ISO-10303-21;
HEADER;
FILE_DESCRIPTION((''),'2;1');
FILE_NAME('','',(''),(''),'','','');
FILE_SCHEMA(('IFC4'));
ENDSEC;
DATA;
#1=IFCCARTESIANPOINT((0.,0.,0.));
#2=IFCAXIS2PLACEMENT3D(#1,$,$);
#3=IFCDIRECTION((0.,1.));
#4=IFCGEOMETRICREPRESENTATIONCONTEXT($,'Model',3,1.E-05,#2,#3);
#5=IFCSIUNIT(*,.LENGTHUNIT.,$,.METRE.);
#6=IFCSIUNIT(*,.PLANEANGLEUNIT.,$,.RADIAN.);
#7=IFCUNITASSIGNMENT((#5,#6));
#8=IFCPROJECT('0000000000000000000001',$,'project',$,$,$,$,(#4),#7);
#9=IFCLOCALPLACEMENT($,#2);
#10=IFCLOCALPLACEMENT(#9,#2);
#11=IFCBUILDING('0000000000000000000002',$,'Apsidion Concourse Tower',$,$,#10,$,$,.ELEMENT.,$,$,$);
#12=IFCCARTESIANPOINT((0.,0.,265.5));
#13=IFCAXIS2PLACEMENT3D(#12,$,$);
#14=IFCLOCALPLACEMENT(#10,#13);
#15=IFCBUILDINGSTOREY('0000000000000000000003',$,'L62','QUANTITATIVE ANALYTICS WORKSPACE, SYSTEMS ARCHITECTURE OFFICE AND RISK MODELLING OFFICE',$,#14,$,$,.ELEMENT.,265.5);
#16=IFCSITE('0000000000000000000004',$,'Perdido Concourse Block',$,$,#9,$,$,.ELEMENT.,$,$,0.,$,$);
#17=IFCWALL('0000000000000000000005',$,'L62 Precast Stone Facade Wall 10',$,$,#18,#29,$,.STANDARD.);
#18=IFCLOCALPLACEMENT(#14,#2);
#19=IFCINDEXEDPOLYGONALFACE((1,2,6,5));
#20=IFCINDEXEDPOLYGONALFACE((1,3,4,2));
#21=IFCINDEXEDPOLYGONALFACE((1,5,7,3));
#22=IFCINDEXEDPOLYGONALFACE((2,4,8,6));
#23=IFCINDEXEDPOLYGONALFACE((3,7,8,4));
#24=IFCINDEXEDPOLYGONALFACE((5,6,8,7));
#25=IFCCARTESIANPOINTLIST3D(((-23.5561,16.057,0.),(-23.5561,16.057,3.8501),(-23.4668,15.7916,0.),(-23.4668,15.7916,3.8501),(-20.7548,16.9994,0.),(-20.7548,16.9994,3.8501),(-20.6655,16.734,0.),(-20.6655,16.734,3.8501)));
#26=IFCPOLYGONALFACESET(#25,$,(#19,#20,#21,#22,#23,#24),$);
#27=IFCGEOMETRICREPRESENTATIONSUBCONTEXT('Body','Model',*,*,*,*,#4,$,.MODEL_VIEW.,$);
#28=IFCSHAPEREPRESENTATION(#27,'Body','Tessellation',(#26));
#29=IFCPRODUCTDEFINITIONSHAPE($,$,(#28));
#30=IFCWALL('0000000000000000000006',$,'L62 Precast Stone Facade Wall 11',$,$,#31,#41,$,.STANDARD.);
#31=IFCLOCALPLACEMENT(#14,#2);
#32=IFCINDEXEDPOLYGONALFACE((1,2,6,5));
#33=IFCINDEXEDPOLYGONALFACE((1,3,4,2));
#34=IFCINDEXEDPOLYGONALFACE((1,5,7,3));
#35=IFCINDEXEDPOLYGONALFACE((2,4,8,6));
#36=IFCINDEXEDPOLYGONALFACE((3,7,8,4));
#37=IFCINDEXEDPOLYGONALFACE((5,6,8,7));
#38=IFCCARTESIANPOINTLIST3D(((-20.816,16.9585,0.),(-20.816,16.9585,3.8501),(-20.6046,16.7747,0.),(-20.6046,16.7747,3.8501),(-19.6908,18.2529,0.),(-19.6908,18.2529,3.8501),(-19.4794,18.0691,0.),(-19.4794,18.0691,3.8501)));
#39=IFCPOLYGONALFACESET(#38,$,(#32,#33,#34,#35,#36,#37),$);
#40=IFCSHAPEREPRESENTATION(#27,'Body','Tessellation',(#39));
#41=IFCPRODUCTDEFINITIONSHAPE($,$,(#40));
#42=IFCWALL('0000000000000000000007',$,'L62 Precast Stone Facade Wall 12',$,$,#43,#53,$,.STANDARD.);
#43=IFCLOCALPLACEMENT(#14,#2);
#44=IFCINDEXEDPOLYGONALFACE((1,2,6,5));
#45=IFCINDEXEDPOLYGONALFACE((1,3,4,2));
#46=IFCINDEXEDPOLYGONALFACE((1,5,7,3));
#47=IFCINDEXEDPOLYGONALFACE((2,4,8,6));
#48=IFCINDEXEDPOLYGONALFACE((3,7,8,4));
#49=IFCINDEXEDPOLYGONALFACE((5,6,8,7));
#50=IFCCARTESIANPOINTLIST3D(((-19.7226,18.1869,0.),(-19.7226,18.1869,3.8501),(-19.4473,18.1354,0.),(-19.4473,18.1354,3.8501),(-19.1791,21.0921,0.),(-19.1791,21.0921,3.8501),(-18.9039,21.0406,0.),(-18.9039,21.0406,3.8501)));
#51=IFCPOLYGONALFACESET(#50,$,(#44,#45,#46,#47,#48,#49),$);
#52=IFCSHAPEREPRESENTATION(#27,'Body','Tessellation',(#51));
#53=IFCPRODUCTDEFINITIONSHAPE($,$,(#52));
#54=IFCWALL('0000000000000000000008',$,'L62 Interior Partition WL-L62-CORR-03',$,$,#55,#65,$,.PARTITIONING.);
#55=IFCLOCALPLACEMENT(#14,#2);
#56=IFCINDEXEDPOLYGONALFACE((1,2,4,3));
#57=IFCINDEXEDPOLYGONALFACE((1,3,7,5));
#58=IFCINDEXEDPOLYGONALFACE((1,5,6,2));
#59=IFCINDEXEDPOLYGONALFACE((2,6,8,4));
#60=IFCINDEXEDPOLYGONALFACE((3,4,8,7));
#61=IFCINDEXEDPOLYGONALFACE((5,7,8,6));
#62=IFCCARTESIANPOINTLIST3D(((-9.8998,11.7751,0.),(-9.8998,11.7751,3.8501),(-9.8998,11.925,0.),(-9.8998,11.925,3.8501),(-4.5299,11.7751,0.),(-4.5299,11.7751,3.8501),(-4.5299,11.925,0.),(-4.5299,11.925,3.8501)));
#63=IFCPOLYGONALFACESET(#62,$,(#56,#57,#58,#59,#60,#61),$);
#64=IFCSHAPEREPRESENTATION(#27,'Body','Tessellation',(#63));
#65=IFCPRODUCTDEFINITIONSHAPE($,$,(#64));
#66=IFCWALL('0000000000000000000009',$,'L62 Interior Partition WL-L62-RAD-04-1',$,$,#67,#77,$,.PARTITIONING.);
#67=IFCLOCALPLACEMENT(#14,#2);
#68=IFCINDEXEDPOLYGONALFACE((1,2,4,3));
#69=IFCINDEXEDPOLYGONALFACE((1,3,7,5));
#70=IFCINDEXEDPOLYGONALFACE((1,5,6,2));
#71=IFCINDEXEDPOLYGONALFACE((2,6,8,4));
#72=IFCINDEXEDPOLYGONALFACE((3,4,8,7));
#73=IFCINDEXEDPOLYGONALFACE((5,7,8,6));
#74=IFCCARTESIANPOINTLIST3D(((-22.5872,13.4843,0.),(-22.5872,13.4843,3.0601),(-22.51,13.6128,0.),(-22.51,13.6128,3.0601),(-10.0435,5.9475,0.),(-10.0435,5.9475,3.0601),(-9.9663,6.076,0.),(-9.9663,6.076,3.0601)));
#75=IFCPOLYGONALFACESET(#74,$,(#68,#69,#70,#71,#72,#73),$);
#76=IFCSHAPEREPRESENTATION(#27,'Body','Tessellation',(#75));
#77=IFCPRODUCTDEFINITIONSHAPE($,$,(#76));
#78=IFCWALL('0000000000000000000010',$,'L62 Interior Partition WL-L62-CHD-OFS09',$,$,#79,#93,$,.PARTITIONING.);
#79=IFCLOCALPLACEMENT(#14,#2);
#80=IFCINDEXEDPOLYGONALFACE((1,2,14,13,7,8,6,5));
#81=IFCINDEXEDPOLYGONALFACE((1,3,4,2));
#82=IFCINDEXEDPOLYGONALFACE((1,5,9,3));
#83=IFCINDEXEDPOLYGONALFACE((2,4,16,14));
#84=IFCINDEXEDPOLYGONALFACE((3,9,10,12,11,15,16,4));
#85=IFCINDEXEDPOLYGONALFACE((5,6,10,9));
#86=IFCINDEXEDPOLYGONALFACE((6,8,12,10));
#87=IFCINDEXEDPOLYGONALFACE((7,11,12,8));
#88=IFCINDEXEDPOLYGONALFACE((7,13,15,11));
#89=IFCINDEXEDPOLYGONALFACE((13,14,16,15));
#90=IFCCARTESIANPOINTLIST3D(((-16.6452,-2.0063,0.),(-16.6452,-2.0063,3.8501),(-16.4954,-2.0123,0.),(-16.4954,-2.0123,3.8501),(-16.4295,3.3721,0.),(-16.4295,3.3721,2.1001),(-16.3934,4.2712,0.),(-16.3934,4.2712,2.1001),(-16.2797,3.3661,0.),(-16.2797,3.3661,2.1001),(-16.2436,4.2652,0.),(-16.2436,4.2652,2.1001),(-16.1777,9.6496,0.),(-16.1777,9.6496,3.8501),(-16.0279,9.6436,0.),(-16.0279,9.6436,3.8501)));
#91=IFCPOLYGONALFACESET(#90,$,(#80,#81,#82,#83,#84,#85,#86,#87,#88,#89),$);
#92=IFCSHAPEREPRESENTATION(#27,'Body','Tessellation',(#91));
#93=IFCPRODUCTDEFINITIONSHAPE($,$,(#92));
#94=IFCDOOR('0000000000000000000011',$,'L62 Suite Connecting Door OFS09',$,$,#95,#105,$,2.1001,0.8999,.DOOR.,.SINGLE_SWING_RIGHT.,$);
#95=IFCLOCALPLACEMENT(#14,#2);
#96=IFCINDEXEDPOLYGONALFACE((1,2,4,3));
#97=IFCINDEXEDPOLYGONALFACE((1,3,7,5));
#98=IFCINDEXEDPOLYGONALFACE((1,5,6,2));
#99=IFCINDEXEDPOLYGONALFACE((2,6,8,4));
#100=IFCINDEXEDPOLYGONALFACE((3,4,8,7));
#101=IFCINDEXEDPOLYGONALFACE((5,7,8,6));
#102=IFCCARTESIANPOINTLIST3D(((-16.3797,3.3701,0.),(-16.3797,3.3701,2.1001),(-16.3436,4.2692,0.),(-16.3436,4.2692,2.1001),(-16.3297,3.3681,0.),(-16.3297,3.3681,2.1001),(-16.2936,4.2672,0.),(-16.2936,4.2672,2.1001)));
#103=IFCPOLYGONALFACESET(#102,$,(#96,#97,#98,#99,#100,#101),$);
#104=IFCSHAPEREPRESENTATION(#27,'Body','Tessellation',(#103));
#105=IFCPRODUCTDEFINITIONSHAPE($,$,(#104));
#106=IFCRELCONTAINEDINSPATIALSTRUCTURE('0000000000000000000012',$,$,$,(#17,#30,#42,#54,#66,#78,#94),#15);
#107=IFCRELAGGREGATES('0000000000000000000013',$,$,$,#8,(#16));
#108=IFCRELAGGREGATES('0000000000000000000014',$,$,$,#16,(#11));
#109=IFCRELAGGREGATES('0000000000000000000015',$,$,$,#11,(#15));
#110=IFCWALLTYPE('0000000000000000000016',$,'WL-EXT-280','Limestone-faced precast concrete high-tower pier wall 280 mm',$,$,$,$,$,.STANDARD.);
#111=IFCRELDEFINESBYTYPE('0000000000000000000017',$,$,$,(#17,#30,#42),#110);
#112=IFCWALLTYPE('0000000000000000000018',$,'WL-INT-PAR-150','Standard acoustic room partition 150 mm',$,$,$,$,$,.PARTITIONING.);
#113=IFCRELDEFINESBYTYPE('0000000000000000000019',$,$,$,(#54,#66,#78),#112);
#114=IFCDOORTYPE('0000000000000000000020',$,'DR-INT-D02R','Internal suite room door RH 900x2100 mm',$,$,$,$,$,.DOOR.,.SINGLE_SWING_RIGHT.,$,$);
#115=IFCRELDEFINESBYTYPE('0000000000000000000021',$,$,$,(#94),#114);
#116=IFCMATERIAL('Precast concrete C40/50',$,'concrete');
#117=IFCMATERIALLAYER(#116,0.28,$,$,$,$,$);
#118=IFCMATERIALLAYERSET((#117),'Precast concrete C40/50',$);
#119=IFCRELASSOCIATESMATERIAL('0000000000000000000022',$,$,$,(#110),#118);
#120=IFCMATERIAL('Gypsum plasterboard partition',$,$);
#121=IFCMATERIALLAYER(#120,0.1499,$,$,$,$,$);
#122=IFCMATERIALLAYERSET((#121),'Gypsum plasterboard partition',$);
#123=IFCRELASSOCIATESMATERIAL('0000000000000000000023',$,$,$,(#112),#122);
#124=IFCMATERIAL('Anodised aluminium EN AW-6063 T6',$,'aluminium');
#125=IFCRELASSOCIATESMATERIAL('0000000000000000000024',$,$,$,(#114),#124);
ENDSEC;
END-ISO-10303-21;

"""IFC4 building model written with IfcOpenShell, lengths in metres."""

from ifc_helpers import new_model, si_unit, direction, frame, frame_2d, origin, place, context, subcontext, project, spatial, rectangle, extrude, material, layer, layer_set, type_object, element, fill, save


model = new_model("IFC4")

# Units and contexts
model_context = context("Model", 3, precision=1e-05, world=origin(), true_north=direction((0.0, 1.0)))
body_context = subcontext(model_context, "Body", "Model", "MODEL_VIEW")
ifc_project = project(units=[si_unit("LENGTHUNIT", "METRE"), si_unit("PLANEANGLEUNIT", "RADIAN")], contexts=[model_context])

# Site, building, storey
site_placement = place(None, origin())
site = spatial("IfcSite", under=ifc_project, at=site_placement, Name="Perdido Concourse Block", CompositionType="ELEMENT", RefElevation=0.0)
building_placement = place(site_placement, origin())
building = spatial("IfcBuilding", under=site, at=building_placement, Name="Apsidion Concourse Tower", CompositionType="ELEMENT")
storey_placement = place(building_placement, frame((0.0, 0.0, 265.5)))
storey = spatial("IfcBuildingStorey", under=building, at=storey_placement, Name="L62", Description="QUANTITATIVE ANALYTICS WORKSPACE, SYSTEMS ARCHITECTURE OFFICE AND RISK MODELLING OFFICE", CompositionType="ELEMENT", Elevation=265.5)

# Shared definitions
ifc_material_1 = material(Name="Precast concrete C40/50", Category="concrete")
ifc_layer_1 = layer(ifc_material_1, 0.28)
ifc_layer_set_1 = layer_set([ifc_layer_1], Name="Precast concrete C40/50")
wall_type_1 = type_object("IfcWallType", Name="WL-EXT-280", Description="Limestone-faced precast concrete high-tower pier wall 280 mm", PredefinedType="STANDARD", material=ifc_layer_set_1)
ifc_material_2 = material(Name="Anodised aluminium EN AW-6063 T6", Category="aluminium")

# Walls
wall_1_placement = place(storey_placement, frame((-23.5115, 15.9243, 0.0), z_axis=(0.0, 0.0, 1.0), x_axis=(0.947804, 0.318853, 0.0)))
element("IfcWall", 1, at=wall_1_placement, inside=storey, type_object=wall_type_1, Name="L62 Precast Stone Facade Wall 10", PredefinedType="STANDARD", context=body_context, shape_type="SweptSolid", body=[
    extrude(rectangle(XDim=2.9556, YDim=0.28, at=frame_2d((1.4778, 0.0))), origin(), (0.0, 0.0, 1.0), 3.8501),
])
wall_2_placement = place(storey_placement, frame((-20.7102, 16.8667, 0.0), z_axis=(0.0, 0.0, 1.0), x_axis=(0.656062, 0.754707, 0.0)))
element("IfcWall", 2, at=wall_2_placement, inside=storey, type_object=wall_type_1, Name="L62 Precast Stone Facade Wall 11", PredefinedType="STANDARD", context=body_context, shape_type="SweptSolid", body=[
    extrude(rectangle(XDim=1.7151, YDim=0.28, at=frame_2d((0.8574, 0.0))), origin(), (0.0, 0.0, 1.0), 3.8501),
])
wall_3_placement = place(storey_placement, frame((-19.585, 18.1611, 0.0), z_axis=(0.0, 0.0, 1.0), x_axis=(0.18387, 0.982951, 0.0)))
element("IfcWall", 3, at=wall_3_placement, inside=storey, type_object=wall_type_1, Name="L62 Precast Stone Facade Wall 12", PredefinedType="STANDARD", context=body_context, shape_type="SweptSolid", body=[
    extrude(rectangle(XDim=2.9556, YDim=0.28, at=frame_2d((1.4778, 0.0))), origin(), (0.0, 0.0, 1.0), 3.8501),
])
ifc_material_3 = material(Name="Gypsum plasterboard partition")
ifc_layer_2 = layer(ifc_material_3, 0.1499)
ifc_layer_set_2 = layer_set([ifc_layer_2], Name="Gypsum plasterboard partition")
wall_type_2 = type_object("IfcWallType", Name="WL-INT-PAR-150", Description="Standard acoustic room partition 150 mm", PredefinedType="PARTITIONING", material=ifc_layer_set_2)
wall_4_placement = place(storey_placement, frame((-9.8999, 11.8501, 0.0), z_axis=(0.0, 0.0, 1.0), x_axis=(1.0, 0.0, 0.0)))
element("IfcWall", 4, at=wall_4_placement, inside=storey, type_object=wall_type_2, Name="L62 Interior Partition WL-L62-CORR-03", PredefinedType="PARTITIONING", context=body_context, shape_type="SweptSolid", body=[
    extrude(rectangle(XDim=5.3699, YDim=0.1499, at=frame_2d((2.6851, 0.0))), origin(), (0.0, 0.0, 1.0), 3.8501),
])
wall_5_placement = place(storey_placement, frame((-10.0049, 6.0117, 0.0), z_axis=(0.0, 0.0, 1.0), x_axis=(-0.857172, 0.515031, 0.0)))
element("IfcWall", 5, at=wall_5_placement, inside=storey, type_object=wall_type_2, Name="L62 Interior Partition WL-L62-RAD-04-1", PredefinedType="PARTITIONING", context=body_context, shape_type="SweptSolid", body=[
    extrude(rectangle(XDim=14.6338, YDim=0.1499, at=frame_2d((7.3169, 0.0))), origin(), (0.0, 0.0, 1.0), 3.0601),
])

# Wall, opening, door
wall_6_placement = place(storey_placement, frame((-16.1028, 9.6465, 0.0), z_axis=(0.0, 0.0, 1.0), x_axis=(-0.040078, -0.999197, 0.0)))
wall_6 = element("IfcWall", 6, at=wall_6_placement, inside=storey, type_object=wall_type_2, Name="L62 Interior Partition WL-L62-CHD-OFS09", PredefinedType="PARTITIONING", context=body_context, shape_type="SweptSolid", body=[
    extrude(rectangle(XDim=11.6653, YDim=0.1499, at=frame_2d((5.8325, 0.0))), origin(), (0.0, 0.0, 1.0), 3.8501),
])
opening_1_placement = place(wall_6_placement, frame((5.3826, 0.0, 0.0)))
opening_1 = element("IfcOpeningElement", 7, at=opening_1_placement, cuts=wall_6, PredefinedType="OPENING", context=body_context, shape_type="SweptSolid", body=[
    extrude(rectangle(XDim=0.8999, YDim=2.1001, at=frame_2d((0.45, 1.05))), frame((0.0, 0.085, 0.0), z_axis=(0.0, -1.0, 0.0), x_axis=(1.0, 0.0, 0.0)), (0.0, 0.0, 1.0), 0.1699),
])
door_type_1 = type_object("IfcDoorType", Name="DR-INT-D02R", Description="Internal suite room door RH 900x2100 mm", OperationType="SINGLE_SWING_RIGHT", PredefinedType="DOOR", material=ifc_material_2)
door_1_placement = place(opening_1_placement, origin())
door_1 = element("IfcDoor", 8, at=door_1_placement, inside=storey, type_object=door_type_1, Name="L62 Suite Connecting Door OFS09", OperationType="SINGLE_SWING_RIGHT", OverallHeight=2.1001, OverallWidth=0.8999, PredefinedType="DOOR", context=body_context, shape_type="SweptSolid", body=[
    extrude(rectangle(XDim=0.8999, YDim=2.1001, at=frame_2d((0.45, 1.05))), frame((0.0, 0.0249, 0.0), z_axis=(0.0, -1.0, 0.0), x_axis=(1.0, 0.0, 0.0)), (0.0, 0.0, 1.0), 0.05),
])
fill(opening_1, door_1)

save(model, "model.ifc")
